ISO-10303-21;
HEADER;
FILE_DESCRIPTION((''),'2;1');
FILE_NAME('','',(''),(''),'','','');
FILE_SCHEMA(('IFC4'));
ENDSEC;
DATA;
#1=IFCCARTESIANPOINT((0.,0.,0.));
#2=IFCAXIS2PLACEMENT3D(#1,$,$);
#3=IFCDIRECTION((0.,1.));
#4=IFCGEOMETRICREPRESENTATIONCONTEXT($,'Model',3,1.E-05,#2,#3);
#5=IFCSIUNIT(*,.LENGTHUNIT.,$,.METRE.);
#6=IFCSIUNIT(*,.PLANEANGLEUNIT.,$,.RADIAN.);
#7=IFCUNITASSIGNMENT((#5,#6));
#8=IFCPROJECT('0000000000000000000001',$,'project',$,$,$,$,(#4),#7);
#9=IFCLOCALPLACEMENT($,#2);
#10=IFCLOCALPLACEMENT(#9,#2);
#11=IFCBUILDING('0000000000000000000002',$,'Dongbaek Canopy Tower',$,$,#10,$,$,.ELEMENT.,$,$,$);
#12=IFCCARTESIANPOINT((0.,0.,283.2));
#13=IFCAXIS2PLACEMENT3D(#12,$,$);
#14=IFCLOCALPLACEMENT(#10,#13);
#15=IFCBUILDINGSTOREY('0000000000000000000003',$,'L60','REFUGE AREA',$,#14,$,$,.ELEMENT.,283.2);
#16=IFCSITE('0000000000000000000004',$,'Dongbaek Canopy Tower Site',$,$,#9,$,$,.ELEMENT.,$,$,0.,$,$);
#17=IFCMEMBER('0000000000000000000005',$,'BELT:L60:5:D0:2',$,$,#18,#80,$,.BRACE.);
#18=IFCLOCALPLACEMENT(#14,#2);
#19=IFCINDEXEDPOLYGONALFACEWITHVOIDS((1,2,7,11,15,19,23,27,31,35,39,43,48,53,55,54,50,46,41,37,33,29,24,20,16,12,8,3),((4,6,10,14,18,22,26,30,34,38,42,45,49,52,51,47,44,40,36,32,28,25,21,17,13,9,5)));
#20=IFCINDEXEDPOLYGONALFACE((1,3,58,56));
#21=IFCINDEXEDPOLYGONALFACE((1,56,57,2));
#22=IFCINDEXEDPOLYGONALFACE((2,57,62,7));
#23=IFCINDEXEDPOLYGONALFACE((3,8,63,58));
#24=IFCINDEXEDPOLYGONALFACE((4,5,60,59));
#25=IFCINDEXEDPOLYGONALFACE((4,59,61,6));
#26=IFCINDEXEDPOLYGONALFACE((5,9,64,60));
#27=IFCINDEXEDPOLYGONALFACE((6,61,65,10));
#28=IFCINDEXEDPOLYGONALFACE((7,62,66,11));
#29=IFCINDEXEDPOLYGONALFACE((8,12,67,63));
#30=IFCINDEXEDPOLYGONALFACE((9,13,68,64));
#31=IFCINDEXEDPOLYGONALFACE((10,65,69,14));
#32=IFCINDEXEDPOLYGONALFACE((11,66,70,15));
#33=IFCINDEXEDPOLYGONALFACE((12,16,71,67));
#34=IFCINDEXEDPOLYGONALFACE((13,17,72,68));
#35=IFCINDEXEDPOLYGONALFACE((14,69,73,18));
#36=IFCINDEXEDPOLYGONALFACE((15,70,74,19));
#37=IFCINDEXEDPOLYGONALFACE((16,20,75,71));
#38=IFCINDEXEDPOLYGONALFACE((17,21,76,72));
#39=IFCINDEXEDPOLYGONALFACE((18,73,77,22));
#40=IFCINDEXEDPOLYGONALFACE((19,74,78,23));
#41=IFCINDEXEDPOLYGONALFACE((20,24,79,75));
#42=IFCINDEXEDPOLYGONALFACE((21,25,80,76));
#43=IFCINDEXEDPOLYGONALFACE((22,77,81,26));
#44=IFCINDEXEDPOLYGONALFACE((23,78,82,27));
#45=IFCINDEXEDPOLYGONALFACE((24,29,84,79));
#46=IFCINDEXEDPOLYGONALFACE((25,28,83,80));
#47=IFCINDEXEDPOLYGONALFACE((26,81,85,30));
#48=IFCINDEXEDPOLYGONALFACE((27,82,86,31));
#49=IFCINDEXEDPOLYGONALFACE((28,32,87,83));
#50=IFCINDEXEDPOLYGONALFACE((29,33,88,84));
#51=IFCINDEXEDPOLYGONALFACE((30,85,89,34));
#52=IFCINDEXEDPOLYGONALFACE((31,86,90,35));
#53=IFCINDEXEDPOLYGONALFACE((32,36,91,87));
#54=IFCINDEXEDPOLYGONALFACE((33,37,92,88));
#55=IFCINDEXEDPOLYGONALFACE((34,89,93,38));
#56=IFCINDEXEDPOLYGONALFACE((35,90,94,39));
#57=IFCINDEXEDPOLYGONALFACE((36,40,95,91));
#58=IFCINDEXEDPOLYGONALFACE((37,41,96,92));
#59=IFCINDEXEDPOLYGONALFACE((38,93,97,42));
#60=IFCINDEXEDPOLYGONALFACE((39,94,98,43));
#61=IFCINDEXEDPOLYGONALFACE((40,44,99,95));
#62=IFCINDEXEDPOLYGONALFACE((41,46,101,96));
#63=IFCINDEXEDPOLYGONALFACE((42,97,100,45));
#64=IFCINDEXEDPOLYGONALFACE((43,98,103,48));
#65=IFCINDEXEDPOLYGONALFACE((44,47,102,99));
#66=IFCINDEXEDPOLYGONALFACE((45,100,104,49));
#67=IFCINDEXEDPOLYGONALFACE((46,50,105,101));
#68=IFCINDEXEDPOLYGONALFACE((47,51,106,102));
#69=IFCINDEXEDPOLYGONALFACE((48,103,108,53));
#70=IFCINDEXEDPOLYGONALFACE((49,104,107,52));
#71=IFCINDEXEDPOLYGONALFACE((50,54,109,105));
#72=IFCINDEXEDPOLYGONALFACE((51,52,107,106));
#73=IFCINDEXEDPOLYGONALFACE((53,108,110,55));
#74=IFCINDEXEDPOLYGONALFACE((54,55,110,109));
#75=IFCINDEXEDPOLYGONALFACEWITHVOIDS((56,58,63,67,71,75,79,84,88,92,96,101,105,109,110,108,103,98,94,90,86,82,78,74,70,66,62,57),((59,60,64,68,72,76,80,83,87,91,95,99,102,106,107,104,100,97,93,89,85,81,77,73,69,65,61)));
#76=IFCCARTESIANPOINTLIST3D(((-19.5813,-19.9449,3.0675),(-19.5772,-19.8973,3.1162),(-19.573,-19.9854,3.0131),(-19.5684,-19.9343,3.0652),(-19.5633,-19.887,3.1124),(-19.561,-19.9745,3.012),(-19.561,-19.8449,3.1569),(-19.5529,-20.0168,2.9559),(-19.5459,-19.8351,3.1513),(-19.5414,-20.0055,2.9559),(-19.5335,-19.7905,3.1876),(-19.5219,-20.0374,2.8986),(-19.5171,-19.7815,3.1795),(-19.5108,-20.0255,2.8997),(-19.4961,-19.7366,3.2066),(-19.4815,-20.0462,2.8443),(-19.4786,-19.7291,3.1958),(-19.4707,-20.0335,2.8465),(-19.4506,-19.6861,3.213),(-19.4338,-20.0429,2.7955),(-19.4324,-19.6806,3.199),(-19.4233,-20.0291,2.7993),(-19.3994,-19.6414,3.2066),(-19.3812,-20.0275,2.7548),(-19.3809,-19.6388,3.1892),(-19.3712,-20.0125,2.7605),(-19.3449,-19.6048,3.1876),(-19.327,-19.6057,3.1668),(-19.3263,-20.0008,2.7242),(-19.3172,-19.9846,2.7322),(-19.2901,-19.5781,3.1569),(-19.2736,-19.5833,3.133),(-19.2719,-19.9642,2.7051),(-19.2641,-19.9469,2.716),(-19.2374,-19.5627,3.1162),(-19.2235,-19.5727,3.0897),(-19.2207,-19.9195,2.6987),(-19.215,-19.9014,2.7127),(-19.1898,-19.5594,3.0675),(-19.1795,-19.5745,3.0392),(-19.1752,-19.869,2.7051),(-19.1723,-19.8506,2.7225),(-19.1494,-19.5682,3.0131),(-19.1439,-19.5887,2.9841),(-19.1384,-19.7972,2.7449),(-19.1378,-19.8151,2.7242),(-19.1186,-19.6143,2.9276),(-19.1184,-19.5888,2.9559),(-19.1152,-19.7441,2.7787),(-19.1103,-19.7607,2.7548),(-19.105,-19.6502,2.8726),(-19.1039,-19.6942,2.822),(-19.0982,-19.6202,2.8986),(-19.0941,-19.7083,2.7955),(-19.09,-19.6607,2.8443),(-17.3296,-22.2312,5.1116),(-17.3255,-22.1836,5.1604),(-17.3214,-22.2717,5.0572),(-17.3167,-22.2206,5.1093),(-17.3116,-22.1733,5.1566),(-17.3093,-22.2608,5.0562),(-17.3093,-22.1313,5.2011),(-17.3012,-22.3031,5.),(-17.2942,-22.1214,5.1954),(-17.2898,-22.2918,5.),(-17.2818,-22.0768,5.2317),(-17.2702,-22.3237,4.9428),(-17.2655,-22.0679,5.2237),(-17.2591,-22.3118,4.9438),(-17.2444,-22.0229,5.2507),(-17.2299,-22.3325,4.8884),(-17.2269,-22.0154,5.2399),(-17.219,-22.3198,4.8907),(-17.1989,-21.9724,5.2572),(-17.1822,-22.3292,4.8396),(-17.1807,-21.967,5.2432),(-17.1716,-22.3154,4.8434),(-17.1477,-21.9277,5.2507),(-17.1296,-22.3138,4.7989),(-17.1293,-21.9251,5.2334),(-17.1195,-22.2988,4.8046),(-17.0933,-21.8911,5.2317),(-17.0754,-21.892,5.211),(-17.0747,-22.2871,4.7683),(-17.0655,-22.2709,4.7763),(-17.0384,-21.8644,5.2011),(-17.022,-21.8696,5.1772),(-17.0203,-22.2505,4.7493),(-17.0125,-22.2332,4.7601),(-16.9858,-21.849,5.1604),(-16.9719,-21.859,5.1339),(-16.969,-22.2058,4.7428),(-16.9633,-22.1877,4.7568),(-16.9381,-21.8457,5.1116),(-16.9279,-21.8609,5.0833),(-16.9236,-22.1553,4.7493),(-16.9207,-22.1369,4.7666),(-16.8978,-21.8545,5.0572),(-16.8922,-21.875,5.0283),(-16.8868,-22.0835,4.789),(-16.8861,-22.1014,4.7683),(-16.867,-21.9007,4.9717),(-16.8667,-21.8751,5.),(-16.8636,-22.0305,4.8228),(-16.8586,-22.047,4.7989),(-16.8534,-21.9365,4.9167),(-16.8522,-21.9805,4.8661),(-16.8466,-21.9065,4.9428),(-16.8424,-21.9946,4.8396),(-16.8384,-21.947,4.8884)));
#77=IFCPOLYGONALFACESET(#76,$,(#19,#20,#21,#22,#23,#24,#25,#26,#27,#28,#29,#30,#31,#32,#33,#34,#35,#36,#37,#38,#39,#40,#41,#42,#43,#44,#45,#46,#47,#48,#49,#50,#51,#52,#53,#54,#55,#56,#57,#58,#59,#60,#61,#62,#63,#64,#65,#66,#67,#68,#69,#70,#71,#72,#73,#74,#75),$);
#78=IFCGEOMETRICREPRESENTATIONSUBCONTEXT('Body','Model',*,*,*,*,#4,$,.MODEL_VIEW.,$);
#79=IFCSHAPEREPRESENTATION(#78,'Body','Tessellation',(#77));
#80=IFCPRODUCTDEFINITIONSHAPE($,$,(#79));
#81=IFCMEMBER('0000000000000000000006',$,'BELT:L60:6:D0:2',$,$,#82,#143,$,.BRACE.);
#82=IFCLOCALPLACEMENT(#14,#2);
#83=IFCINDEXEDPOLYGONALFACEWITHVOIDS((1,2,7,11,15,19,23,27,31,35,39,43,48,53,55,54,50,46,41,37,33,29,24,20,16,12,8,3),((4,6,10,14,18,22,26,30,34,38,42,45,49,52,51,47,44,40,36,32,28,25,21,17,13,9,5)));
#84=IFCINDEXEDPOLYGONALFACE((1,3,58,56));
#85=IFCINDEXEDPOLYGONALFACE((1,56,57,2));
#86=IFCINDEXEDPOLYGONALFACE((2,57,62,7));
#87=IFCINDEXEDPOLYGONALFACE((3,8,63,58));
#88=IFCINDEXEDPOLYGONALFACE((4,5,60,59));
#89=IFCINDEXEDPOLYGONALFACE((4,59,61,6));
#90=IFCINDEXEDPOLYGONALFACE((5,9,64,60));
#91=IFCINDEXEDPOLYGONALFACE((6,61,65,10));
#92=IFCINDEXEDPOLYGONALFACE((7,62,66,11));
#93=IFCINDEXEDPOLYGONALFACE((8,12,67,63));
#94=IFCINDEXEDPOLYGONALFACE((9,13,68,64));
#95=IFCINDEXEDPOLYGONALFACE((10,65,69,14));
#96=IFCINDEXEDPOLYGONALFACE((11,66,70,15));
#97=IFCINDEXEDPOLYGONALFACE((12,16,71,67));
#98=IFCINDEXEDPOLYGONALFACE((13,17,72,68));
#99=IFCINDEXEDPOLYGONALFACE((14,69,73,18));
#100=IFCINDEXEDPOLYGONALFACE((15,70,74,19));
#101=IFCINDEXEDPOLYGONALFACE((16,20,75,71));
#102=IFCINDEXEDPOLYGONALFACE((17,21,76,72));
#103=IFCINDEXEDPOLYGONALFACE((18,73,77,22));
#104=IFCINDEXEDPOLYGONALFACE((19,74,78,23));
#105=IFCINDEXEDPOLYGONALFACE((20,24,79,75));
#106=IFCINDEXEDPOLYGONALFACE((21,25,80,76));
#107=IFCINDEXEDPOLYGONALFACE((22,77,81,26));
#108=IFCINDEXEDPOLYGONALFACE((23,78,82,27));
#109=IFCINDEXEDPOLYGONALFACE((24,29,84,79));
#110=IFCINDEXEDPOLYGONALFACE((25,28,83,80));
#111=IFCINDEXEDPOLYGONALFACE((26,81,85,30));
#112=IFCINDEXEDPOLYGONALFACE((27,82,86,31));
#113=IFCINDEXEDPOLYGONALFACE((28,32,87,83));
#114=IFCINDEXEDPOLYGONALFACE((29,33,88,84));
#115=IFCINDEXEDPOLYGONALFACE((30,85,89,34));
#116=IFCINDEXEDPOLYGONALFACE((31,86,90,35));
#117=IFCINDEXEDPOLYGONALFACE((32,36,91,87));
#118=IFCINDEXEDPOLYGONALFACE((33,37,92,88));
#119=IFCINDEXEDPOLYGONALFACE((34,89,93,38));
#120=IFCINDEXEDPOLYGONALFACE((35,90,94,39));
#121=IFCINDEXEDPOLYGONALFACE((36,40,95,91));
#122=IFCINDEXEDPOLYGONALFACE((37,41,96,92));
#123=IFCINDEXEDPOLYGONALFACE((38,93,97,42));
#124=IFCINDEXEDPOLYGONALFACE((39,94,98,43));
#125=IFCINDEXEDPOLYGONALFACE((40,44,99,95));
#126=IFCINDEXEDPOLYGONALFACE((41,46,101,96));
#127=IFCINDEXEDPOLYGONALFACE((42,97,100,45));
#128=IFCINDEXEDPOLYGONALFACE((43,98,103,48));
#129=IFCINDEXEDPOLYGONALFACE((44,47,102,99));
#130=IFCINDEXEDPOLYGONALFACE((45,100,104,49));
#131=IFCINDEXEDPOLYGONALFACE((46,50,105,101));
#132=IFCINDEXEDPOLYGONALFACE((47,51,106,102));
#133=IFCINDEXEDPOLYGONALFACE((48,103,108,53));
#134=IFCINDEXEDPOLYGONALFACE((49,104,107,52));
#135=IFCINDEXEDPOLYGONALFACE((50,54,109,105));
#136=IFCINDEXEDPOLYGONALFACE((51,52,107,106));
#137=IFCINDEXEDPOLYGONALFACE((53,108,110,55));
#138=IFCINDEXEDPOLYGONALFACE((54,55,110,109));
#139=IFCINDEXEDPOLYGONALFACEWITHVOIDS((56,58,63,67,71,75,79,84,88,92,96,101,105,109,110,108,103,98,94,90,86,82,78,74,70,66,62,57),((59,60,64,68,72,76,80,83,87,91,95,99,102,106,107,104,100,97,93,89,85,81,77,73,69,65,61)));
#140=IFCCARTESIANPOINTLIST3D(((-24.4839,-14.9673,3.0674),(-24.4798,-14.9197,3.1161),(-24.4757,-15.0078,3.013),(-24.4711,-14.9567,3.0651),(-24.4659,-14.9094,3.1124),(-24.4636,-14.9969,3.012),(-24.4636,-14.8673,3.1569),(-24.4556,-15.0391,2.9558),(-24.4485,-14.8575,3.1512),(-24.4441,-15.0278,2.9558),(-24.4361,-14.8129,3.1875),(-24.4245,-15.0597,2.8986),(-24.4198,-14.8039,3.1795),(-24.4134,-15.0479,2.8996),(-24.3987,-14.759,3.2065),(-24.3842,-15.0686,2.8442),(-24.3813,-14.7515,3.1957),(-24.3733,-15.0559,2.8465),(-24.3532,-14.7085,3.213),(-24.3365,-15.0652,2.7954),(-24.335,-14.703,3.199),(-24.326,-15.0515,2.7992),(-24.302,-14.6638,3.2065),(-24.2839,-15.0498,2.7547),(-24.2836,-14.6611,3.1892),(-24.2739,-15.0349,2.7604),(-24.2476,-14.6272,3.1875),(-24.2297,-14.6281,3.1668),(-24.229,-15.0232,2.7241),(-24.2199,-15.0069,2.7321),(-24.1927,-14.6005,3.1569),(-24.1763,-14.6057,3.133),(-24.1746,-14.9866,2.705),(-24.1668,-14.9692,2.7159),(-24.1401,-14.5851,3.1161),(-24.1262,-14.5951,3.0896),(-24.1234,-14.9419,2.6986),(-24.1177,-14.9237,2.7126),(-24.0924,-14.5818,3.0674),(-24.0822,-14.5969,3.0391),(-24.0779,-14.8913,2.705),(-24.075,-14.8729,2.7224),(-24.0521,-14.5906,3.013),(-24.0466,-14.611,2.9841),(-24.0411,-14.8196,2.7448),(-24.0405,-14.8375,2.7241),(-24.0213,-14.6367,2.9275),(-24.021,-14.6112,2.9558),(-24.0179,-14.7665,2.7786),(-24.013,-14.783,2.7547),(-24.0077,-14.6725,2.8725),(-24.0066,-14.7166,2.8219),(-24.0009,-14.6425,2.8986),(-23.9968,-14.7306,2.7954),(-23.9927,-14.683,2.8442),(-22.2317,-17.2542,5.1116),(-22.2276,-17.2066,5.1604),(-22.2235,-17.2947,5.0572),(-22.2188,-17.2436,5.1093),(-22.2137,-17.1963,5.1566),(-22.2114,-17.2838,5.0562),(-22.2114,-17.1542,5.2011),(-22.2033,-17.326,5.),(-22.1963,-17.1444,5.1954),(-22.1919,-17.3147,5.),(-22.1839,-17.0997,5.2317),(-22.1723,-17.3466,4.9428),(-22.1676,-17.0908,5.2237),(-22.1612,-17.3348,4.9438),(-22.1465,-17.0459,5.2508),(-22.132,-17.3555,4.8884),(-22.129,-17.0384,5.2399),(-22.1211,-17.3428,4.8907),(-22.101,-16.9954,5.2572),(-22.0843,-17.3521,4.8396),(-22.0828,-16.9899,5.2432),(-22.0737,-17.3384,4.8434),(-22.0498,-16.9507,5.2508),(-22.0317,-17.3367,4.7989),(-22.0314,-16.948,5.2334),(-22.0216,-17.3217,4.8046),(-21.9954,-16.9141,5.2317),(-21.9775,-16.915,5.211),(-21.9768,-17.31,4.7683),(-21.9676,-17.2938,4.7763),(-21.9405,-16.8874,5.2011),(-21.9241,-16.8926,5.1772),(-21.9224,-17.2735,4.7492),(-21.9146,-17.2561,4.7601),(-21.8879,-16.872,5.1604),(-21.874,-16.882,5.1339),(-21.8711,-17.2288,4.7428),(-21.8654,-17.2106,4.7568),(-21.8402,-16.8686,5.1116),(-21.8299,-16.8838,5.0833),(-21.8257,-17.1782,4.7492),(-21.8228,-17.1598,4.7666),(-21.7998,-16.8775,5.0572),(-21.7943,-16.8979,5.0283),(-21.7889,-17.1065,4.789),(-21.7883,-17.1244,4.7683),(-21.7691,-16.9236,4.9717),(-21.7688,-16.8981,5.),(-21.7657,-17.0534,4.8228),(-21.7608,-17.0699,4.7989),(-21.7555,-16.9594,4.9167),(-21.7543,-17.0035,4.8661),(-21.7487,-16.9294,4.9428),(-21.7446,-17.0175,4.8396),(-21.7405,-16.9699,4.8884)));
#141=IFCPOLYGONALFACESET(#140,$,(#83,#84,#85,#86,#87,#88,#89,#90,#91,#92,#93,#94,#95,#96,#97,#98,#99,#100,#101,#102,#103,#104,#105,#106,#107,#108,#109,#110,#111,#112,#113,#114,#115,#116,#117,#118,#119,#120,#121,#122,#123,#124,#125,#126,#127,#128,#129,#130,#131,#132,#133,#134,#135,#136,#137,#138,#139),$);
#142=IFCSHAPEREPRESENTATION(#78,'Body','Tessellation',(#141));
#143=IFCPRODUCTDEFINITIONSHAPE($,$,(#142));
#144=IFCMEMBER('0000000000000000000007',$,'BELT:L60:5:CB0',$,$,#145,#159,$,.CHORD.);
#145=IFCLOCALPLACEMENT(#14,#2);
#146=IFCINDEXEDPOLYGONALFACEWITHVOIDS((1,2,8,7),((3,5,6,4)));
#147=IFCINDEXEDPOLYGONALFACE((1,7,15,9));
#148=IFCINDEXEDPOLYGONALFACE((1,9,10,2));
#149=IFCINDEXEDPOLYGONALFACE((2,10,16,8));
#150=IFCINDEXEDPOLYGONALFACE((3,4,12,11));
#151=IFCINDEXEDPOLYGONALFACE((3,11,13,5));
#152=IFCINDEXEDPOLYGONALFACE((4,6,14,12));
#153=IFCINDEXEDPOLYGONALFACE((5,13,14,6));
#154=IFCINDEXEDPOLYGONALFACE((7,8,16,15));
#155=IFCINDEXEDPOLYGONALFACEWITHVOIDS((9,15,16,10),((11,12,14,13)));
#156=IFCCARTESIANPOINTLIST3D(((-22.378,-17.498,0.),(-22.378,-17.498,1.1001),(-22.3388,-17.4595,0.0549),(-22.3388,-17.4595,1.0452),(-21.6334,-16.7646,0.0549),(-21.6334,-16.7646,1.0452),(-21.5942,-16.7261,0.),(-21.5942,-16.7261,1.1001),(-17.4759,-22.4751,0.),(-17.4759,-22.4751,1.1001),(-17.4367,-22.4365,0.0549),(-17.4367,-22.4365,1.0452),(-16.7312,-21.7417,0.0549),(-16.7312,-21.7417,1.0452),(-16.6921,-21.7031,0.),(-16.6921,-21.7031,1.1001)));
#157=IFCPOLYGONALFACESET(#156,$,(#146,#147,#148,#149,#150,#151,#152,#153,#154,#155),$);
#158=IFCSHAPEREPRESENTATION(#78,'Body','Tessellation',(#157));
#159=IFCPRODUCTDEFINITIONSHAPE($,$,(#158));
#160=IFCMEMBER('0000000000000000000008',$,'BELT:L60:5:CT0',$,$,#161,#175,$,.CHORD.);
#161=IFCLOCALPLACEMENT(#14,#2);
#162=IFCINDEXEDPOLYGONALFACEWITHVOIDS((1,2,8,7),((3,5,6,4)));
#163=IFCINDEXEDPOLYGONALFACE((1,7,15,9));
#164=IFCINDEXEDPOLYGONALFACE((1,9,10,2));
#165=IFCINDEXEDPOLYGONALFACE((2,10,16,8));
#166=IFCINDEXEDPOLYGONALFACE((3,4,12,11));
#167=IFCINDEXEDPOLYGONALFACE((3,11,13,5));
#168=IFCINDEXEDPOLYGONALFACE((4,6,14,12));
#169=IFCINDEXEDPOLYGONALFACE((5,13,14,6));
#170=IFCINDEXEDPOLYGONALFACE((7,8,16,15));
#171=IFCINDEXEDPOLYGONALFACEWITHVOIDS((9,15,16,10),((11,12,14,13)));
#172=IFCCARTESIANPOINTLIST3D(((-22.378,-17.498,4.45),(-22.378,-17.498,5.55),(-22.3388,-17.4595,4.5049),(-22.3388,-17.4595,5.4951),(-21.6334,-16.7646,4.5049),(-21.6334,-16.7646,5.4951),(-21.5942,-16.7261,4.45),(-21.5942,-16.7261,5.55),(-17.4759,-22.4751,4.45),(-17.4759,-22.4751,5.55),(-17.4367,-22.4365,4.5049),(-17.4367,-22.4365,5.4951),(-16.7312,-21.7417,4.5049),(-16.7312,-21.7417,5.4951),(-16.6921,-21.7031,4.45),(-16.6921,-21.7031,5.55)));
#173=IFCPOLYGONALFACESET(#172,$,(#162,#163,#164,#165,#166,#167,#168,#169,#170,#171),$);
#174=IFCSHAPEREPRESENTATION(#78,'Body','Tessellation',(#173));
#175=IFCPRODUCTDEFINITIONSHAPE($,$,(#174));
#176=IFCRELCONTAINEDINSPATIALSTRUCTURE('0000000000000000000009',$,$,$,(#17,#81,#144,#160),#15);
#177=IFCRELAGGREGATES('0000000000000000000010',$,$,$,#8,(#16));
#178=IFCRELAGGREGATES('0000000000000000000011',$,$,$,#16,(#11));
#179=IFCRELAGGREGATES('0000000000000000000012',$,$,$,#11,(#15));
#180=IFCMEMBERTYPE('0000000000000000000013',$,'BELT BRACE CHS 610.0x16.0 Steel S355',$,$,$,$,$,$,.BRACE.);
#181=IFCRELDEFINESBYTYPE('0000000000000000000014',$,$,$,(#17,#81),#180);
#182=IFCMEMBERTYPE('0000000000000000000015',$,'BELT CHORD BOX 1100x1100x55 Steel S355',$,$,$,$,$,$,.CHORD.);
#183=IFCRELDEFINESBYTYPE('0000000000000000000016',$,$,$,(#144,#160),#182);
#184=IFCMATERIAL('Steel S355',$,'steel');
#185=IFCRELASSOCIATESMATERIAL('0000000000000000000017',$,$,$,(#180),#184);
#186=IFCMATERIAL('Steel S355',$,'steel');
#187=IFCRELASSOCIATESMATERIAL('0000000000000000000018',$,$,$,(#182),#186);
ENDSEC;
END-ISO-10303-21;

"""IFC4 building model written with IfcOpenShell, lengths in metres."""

from ifc_helpers import new_model, si_unit, direction, frame, origin, origin_2d, place, context, subcontext, project, spatial, hollow_rectangle, hollow_circle, extrude, material, material_profile, profile_set, type_object, element, save


model = new_model("IFC4")

# Units and contexts
model_context = context("Model", 3, precision=1e-05, world=origin(), true_north=direction((0.0, 1.0)))
body_context = subcontext(model_context, "Body", "Model", "MODEL_VIEW")
ifc_project = project(units=[si_unit("LENGTHUNIT", "METRE"), si_unit("PLANEANGLEUNIT", "RADIAN")], contexts=[model_context])

# Site, building, storey
site_placement = place(None, origin())
site = spatial("IfcSite", under=ifc_project, at=site_placement, Name="Dongbaek Canopy Tower Site", CompositionType="ELEMENT", RefElevation=0.0)
building_placement = place(site_placement, origin())
building = spatial("IfcBuilding", under=site, at=building_placement, Name="Dongbaek Canopy Tower", CompositionType="ELEMENT")
storey_placement = place(building_placement, frame((0.0, 0.0, 283.2)))
storey = spatial("IfcBuildingStorey", under=building, at=storey_placement, Name="L60", Description="REFUGE AREA", CompositionType="ELEMENT", Elevation=283.2)

# Members
ifc_material_1 = material(Name="Steel S355", Category="steel")
ifc_material_profile_1 = material_profile(ifc_material_1, hollow_circle(Radius=0.3049, WallThickness=0.0161, at=origin_2d()), Name="BELT BRACE CHS 610.0x16.0 Steel S355")
ifc_profile_set_1 = profile_set([ifc_material_profile_1], Name="Steel S355")
member_type_1 = type_object("IfcMemberType", Name="BELT BRACE CHS 610.0x16.0 Steel S355", PredefinedType="BRACE", material=ifc_profile_set_1)
member_1_placement = place(storey_placement, frame((-17.084, -22.0891, 5.0), z_axis=(-0.591809, 0.600921, -0.537267), x_axis=(-0.712488, -0.701684, 0.0)))
element("IfcMember", 1, at=member_1_placement, inside=storey, type_object=member_type_1, Name="BELT:L60:5:D0:2", PredefinedType="BRACE", context=body_context, shape_type="SweptSolid", body=[
    extrude(hollow_circle(Radius=0.3049, WallThickness=0.0161, at=origin_2d()), origin(), (0.0, 0.0, 1.0), 3.8047),
])
member_2_placement = place(storey_placement, frame((-21.9861, -17.1121, 5.0), z_axis=(-0.591847, 0.600957, -0.537185), x_axis=(-0.712487, -0.701686, 0.0)))
element("IfcMember", 2, at=member_2_placement, inside=storey, type_object=member_type_1, Name="BELT:L60:6:D0:2", PredefinedType="BRACE", context=body_context, shape_type="SweptSolid", body=[
    extrude(hollow_circle(Radius=0.3049, WallThickness=0.0161, at=origin_2d()), origin(), (0.0, 0.0, 1.0), 3.8054),
])
ifc_material_2 = material(Name="Steel S355", Category="steel")
ifc_material_profile_2 = material_profile(ifc_material_2, hollow_rectangle(XDim=1.1001, YDim=1.1001, WallThickness=0.0549, at=origin_2d()), Name="BELT CHORD BOX 1100x1100x55 Steel S355")
ifc_profile_set_2 = profile_set([ifc_material_profile_2], Name="Steel S355")
member_type_2 = type_object("IfcMemberType", Name="BELT CHORD BOX 1100x1100x55 Steel S355", PredefinedType="CHORD", material=ifc_profile_set_2)
for number, where, z_axis, x_axis, name in (
    (3, (-17.084, -22.0891, 0.55), (-0.701722, 0.712451, 0.0), (-0.712451, -0.701722, 0.0), "BELT:L60:5:CB0"),
    (4, (-17.084, -22.0891, 5.0), (-0.701722, 0.712451, 0.0), (-0.712451, -0.701722, 0.0), "BELT:L60:5:CT0"),
):
    element("IfcMember", number, at=place(storey_placement, frame(where, z_axis=z_axis, x_axis=x_axis)), inside=storey, type_object=member_type_2, Name=name, PredefinedType="CHORD", context=body_context, shape_type="SweptSolid", body=[
        extrude(hollow_rectangle(XDim=1.1001, YDim=1.1001, WallThickness=0.0549, at=origin_2d()), origin(), (0.0, 0.0, 1.0), 6.9858),
    ])

save(model, "model.ifc")
